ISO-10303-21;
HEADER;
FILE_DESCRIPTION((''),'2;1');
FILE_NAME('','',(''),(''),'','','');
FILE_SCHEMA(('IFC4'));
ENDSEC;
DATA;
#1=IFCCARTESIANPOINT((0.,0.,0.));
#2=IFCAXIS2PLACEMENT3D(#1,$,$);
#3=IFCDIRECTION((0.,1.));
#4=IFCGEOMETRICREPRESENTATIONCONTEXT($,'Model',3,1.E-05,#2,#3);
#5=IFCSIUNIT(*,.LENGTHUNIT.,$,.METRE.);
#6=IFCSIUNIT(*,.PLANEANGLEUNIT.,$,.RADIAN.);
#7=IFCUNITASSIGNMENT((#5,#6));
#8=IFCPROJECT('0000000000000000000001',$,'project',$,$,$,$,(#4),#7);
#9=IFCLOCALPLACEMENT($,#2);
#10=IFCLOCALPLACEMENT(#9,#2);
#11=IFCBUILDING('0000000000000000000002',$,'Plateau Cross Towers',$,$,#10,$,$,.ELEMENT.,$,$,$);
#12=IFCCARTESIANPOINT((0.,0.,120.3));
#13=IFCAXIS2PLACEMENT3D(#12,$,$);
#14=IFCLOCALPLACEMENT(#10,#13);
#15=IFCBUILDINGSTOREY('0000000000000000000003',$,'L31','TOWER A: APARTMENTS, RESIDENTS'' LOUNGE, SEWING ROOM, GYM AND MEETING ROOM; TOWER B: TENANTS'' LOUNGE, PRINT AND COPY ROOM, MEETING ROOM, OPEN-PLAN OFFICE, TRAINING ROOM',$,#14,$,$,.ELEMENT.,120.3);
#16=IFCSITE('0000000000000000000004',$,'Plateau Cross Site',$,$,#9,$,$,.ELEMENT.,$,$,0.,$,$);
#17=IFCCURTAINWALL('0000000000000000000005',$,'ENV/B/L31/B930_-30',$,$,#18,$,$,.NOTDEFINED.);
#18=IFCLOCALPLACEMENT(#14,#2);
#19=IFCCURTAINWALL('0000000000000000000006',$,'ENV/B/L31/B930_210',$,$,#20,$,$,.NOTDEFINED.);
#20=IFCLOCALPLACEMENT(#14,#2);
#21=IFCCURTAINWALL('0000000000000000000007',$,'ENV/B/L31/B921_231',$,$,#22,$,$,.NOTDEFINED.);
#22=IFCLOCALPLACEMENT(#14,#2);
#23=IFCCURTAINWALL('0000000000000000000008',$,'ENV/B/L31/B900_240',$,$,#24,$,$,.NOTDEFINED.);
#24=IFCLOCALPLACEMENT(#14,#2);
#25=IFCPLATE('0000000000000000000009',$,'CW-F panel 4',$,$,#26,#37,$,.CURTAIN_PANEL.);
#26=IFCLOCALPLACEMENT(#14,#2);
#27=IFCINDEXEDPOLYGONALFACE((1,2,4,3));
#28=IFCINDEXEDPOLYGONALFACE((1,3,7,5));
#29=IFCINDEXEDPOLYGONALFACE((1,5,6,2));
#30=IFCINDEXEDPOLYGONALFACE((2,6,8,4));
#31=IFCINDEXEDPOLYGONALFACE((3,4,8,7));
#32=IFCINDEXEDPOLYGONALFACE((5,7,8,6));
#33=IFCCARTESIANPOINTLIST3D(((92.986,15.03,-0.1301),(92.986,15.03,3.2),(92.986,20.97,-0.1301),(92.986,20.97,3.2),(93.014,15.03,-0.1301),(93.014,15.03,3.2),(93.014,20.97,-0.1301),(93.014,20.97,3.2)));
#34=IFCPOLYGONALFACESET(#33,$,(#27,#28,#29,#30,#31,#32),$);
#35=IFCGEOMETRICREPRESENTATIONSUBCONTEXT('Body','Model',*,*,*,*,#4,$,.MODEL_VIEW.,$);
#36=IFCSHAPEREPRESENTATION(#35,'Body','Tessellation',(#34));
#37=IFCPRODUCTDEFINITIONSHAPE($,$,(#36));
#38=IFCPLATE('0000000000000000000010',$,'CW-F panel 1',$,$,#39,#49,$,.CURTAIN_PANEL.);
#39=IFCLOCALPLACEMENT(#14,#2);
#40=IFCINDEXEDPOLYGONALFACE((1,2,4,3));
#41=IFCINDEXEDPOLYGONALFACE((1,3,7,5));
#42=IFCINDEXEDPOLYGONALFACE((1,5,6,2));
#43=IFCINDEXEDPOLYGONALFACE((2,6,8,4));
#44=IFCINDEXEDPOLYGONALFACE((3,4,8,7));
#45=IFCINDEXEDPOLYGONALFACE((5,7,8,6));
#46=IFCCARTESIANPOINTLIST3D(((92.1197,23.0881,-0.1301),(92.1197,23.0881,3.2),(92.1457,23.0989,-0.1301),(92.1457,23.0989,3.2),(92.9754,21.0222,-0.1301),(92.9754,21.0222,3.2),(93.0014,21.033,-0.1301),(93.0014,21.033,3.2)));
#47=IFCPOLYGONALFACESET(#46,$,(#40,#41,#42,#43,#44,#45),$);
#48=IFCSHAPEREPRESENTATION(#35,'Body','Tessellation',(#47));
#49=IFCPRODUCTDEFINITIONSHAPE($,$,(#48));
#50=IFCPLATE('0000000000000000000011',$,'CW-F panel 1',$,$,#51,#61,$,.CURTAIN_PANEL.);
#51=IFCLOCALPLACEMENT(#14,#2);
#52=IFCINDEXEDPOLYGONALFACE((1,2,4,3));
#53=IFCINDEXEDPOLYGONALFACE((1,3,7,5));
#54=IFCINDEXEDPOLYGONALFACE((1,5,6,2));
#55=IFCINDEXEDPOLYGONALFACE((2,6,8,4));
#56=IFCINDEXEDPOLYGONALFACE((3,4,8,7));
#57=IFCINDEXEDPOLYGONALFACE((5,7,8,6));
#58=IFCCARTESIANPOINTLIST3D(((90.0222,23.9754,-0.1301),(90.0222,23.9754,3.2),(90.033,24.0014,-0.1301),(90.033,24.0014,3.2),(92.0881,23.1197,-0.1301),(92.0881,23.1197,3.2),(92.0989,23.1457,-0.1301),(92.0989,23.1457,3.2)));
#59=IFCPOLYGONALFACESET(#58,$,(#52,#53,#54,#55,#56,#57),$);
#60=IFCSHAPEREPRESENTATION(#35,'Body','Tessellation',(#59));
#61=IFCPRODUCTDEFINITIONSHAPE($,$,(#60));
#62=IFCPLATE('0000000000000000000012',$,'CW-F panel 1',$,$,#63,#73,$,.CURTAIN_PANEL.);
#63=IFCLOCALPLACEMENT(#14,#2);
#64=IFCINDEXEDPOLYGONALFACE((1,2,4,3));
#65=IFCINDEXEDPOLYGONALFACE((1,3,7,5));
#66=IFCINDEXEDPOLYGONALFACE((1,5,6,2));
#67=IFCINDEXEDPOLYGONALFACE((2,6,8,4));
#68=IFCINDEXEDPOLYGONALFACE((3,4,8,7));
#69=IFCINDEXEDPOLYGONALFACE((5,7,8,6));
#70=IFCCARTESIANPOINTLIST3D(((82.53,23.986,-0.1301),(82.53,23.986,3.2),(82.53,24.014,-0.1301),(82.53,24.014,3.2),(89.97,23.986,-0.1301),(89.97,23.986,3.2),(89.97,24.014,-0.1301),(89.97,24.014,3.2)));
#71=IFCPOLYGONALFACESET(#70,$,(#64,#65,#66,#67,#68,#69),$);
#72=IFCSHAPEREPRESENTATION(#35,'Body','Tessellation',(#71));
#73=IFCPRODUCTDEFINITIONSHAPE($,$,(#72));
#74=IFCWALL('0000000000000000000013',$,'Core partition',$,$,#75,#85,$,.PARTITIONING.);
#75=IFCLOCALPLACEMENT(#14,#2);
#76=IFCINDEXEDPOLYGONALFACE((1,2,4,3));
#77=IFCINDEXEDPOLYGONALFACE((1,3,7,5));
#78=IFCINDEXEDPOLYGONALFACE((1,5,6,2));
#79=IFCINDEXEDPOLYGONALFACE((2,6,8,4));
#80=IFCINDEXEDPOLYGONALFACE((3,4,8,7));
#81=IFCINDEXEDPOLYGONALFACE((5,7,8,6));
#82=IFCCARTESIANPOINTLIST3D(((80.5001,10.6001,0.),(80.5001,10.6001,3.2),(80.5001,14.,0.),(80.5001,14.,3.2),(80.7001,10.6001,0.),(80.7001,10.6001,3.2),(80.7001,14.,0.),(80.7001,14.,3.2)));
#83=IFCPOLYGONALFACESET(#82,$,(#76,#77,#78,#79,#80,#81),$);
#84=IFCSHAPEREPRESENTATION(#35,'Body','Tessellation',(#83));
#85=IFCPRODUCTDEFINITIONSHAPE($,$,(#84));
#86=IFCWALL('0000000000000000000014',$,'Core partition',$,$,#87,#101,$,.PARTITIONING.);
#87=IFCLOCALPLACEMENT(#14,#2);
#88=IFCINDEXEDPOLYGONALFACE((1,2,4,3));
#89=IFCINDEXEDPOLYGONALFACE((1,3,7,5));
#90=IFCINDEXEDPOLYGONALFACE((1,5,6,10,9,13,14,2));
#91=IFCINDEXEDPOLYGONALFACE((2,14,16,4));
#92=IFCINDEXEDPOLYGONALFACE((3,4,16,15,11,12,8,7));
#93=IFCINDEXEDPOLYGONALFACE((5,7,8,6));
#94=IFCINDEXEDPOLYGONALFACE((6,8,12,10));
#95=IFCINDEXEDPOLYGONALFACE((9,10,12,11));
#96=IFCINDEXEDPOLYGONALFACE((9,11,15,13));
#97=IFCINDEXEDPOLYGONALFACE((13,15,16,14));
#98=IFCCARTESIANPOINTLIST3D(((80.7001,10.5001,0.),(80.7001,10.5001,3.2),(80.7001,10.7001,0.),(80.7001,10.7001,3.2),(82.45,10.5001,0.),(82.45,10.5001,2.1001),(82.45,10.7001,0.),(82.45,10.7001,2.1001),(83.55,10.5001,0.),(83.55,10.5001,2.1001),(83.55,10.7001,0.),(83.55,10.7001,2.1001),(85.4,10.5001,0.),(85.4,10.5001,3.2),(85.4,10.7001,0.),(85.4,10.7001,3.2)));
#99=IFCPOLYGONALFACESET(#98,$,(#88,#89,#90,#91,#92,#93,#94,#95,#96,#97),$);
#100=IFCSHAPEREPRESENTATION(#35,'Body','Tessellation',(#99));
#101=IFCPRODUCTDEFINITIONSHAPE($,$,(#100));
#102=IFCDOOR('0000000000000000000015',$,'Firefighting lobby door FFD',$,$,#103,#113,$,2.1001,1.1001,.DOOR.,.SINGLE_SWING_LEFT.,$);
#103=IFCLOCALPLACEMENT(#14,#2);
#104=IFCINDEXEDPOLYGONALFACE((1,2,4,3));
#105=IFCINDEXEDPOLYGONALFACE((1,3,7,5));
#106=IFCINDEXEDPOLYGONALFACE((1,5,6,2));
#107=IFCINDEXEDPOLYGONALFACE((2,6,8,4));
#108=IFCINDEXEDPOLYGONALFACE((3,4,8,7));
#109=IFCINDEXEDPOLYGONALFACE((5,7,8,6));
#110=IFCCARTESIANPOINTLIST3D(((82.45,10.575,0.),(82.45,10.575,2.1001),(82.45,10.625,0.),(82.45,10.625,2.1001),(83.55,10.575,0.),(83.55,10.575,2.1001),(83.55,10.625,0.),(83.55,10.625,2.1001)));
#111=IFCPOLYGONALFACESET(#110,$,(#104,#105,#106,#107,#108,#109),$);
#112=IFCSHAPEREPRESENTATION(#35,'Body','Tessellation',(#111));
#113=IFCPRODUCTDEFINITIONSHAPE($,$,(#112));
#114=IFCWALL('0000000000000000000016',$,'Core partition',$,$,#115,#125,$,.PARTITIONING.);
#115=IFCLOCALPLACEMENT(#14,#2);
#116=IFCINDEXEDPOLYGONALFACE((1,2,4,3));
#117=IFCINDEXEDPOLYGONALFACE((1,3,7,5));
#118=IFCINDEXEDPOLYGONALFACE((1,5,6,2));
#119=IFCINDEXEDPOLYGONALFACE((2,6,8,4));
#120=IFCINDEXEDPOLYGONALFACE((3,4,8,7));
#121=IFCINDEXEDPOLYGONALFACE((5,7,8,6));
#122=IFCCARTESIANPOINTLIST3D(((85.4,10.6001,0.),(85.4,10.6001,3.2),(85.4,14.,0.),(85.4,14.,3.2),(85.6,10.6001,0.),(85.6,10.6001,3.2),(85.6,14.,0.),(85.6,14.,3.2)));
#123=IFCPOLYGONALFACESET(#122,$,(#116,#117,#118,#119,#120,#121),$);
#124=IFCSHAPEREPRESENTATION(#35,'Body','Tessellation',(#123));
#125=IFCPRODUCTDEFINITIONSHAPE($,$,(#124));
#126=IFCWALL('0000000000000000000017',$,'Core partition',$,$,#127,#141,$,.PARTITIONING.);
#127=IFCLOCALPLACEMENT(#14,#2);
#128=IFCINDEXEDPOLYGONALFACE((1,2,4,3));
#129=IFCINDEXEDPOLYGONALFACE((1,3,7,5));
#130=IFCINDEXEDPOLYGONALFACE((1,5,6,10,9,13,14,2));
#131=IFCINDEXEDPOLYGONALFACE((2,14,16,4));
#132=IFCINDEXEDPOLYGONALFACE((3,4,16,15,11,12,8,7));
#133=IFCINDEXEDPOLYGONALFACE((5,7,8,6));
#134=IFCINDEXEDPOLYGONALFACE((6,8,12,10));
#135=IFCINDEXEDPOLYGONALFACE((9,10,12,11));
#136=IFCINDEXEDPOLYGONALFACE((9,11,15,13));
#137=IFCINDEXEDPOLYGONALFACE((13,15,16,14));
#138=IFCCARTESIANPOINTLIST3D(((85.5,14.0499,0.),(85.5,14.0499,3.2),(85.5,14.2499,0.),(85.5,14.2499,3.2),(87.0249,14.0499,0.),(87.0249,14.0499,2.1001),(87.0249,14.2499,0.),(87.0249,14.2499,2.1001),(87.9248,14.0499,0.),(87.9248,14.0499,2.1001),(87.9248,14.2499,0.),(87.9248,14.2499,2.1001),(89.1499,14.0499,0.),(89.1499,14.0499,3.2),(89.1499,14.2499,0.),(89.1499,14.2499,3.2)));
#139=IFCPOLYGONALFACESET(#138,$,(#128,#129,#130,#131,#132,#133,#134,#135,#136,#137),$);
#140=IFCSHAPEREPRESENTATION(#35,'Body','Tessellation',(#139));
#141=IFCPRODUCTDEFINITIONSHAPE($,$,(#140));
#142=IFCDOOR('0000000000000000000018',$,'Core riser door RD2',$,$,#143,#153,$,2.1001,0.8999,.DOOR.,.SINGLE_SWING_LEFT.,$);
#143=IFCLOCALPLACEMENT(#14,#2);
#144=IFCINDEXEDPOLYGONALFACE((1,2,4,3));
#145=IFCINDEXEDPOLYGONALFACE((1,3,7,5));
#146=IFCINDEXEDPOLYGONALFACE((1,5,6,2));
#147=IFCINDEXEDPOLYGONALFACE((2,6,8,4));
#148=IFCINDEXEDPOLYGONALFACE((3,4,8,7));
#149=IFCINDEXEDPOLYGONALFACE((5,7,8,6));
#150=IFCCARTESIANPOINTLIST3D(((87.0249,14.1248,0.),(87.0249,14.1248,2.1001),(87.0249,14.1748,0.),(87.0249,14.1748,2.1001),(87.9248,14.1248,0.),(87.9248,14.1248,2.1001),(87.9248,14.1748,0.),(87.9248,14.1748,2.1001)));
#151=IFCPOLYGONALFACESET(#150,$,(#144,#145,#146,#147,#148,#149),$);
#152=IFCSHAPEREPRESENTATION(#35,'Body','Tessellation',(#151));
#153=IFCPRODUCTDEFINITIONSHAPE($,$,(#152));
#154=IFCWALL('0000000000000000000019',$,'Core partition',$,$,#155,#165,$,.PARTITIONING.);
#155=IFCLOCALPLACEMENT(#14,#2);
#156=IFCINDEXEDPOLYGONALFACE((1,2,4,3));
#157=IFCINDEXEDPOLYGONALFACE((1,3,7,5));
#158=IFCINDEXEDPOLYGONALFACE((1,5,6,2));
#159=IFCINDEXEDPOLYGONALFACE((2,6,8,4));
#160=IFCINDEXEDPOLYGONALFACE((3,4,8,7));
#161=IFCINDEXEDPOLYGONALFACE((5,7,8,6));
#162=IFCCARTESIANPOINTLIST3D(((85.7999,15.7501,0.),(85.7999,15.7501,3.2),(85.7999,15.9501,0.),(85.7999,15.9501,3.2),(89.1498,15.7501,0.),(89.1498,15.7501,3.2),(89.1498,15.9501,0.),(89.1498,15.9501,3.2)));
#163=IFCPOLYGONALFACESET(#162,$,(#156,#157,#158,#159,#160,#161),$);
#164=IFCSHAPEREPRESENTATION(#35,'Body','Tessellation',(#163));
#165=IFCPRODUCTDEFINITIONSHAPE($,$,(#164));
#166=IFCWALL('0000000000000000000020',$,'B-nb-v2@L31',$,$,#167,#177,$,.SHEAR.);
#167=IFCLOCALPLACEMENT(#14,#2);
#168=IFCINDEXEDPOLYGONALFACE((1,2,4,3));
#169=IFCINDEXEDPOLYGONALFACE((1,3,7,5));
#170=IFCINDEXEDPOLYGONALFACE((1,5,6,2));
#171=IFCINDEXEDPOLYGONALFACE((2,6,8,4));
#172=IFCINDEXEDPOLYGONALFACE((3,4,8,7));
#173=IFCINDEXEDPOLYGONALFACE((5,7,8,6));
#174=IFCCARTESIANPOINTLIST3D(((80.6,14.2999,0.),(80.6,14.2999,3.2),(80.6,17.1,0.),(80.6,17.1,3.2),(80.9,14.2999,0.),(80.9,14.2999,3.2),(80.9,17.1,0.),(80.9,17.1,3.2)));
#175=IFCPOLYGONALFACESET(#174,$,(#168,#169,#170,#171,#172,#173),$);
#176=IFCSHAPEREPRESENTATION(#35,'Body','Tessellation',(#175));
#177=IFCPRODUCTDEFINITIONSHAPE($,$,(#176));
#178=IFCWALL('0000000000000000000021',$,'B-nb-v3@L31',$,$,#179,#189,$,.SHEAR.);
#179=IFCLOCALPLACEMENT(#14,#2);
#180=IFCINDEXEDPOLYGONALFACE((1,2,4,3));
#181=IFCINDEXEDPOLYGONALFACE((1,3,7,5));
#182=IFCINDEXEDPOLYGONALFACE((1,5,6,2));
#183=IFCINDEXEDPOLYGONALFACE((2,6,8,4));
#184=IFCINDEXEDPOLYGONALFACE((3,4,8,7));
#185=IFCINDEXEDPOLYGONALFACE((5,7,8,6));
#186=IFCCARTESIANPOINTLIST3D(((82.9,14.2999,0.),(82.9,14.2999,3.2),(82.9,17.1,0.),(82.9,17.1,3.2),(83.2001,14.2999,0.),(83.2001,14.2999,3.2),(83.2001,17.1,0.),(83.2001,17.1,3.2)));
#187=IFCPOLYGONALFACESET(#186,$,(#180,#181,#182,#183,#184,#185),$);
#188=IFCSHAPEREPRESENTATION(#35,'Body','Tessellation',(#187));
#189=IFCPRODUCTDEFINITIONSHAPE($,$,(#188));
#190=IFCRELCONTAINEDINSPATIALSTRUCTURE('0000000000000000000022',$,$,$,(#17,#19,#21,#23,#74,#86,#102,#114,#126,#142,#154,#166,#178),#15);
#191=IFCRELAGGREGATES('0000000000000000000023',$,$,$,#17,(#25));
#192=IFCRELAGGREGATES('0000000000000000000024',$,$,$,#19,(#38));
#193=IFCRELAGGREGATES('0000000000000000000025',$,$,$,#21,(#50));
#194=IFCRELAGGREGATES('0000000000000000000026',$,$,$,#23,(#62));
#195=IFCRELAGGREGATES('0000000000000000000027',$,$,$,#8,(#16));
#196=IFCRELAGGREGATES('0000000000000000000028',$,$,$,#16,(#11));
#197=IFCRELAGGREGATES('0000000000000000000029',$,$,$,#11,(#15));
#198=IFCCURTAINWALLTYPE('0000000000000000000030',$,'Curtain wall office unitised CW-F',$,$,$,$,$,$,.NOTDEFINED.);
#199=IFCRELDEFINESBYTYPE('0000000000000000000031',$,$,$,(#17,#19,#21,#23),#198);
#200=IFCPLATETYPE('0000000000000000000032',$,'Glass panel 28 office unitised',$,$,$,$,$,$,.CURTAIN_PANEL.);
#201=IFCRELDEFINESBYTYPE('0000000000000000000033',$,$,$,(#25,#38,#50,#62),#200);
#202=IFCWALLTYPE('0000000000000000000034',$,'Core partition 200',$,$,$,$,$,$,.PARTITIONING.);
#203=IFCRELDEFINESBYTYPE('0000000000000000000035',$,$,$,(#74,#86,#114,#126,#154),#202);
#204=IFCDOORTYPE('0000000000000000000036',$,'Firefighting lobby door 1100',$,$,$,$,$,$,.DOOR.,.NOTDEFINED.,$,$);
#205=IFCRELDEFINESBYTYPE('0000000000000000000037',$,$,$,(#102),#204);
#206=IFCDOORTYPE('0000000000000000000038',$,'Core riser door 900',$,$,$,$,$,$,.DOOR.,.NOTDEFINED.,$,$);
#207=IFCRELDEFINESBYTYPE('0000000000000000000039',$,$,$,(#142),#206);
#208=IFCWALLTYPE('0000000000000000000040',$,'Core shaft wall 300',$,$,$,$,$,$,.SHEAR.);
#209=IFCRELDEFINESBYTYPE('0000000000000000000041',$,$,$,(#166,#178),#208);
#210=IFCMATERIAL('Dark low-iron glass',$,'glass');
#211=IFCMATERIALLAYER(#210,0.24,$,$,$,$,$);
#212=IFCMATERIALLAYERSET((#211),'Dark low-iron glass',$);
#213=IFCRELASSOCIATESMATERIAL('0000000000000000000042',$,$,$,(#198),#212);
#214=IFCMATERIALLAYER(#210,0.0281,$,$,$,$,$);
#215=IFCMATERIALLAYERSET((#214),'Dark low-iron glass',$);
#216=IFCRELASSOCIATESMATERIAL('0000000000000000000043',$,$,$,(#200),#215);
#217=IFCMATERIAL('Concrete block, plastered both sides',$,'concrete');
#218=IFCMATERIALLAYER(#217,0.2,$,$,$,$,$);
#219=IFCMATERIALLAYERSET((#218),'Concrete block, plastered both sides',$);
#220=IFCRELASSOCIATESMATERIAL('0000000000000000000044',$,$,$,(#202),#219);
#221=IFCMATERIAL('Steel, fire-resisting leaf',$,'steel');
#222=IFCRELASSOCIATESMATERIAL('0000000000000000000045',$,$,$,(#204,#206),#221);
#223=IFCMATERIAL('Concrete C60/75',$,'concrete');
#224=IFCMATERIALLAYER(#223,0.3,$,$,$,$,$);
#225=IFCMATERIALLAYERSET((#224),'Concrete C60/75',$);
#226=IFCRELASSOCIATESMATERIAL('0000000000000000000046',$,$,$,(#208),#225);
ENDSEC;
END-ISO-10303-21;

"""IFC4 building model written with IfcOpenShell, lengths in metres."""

from ifc_helpers import new_model, si_unit, direction, frame, frame_2d, origin, origin_2d, place, context, subcontext, project, spatial, rectangle, extrude, material, layer, layer_set, type_object, element, fill, aggregate, save


model = new_model("IFC4")

# Units and contexts
model_context = context("Model", 3, precision=1e-05, world=origin(), true_north=direction((0.0, 1.0)))
body_context = subcontext(model_context, "Body", "Model", "MODEL_VIEW")
ifc_project = project(units=[si_unit("LENGTHUNIT", "METRE"), si_unit("PLANEANGLEUNIT", "RADIAN")], contexts=[model_context])

# Site, building, storey
site_placement = place(None, origin())
site = spatial("IfcSite", under=ifc_project, at=site_placement, Name="Plateau Cross Site", CompositionType="ELEMENT", RefElevation=0.0)
building_placement = place(site_placement, origin())
building = spatial("IfcBuilding", under=site, at=building_placement, Name="Plateau Cross Towers", CompositionType="ELEMENT")
storey_placement = place(building_placement, frame((0.0, 0.0, 120.3)))
storey = spatial("IfcBuildingStorey", under=building, at=storey_placement, Name="L31", Description="TOWER A: APARTMENTS, RESIDENTS' LOUNGE, SEWING ROOM, GYM AND MEETING ROOM; TOWER B: TENANTS' LOUNGE, PRINT AND COPY ROOM, MEETING ROOM, OPEN-PLAN OFFICE, TRAINING ROOM", CompositionType="ELEMENT", Elevation=120.3)

# Shared definitions
ifc_material_1 = material(Name="Concrete C60/75", Category="concrete")

# Curtain wall
ifc_material_2 = material(Name="Dark low-iron glass", Category="glass")
ifc_layer_1 = layer(ifc_material_2, 0.24)
ifc_layer_set_1 = layer_set([ifc_layer_1], Name="Dark low-iron glass")
curtain_wall_type = type_object("IfcCurtainWallType", Name="Curtain wall office unitised CW-F", PredefinedType="NOTDEFINED", material=ifc_layer_set_1)
curtain_wall_1_placement = place(storey_placement, origin())
curtain_wall_1 = element("IfcCurtainWall", 1, at=curtain_wall_1_placement, inside=storey, type_object=curtain_wall_type, Name="ENV/B/L31/B930_-30", PredefinedType="NOTDEFINED")

# Curtain walls
curtain_wall_2_placement = place(storey_placement, origin())
curtain_wall_2 = element("IfcCurtainWall", 2, at=curtain_wall_2_placement, inside=storey, type_object=curtain_wall_type, Name="ENV/B/L31/B930_210", PredefinedType="NOTDEFINED")
curtain_wall_3_placement = place(storey_placement, origin())
curtain_wall_3 = element("IfcCurtainWall", 3, at=curtain_wall_3_placement, inside=storey, type_object=curtain_wall_type, Name="ENV/B/L31/B921_231", PredefinedType="NOTDEFINED")

# Curtain wall
curtain_wall_4_placement = place(storey_placement, origin())
curtain_wall_4 = element("IfcCurtainWall", 4, at=curtain_wall_4_placement, inside=storey, type_object=curtain_wall_type, Name="ENV/B/L31/B900_240", PredefinedType="NOTDEFINED")

# Plates
ifc_layer_2 = layer(ifc_material_2, 0.0281)
ifc_layer_set_2 = layer_set([ifc_layer_2], Name="Dark low-iron glass")
plate_type = type_object("IfcPlateType", Name="Glass panel 28 office unitised", PredefinedType="CURTAIN_PANEL", material=ifc_layer_set_2)
plate_1_placement = place(storey_placement, frame((93.0, 18.0, -0.1301), z_axis=(0.0, 0.0, 1.0), x_axis=(0.0, 1.0, 0.0)))
plate_1 = element("IfcPlate", 5, at=plate_1_placement, type_object=plate_type, Name="CW-F panel 4", PredefinedType="CURTAIN_PANEL", context=body_context, shape_type="SweptSolid", body=[
    extrude(rectangle(XDim=5.9399, YDim=0.0281, at=origin_2d()), origin(), (0.0, 0.0, 1.0), 3.3301),
])
aggregate(curtain_wall_1, [plate_1])
plate_2_placement = place(storey_placement, frame((92.5605, 22.0605, -0.1301), z_axis=(0.0, 0.0, 1.0), x_axis=(-0.382684, 0.923879, 0.0)))
plate_2 = element("IfcPlate", 6, at=plate_2_placement, type_object=plate_type, Name="CW-F panel 1", PredefinedType="CURTAIN_PANEL", context=body_context, shape_type="SweptSolid", body=[
    extrude(rectangle(XDim=2.2361, YDim=0.0281, at=origin_2d()), origin(), (0.0, 0.0, 1.0), 3.3301),
])
aggregate(curtain_wall_2, [plate_2])
plate_3_placement = place(storey_placement, frame((91.0605, 23.5605, -0.1301), z_axis=(0.0, 0.0, 1.0), x_axis=(-0.923879, 0.382684, 0.0)))
plate_3 = element("IfcPlate", 7, at=plate_3_placement, type_object=plate_type, Name="CW-F panel 1", PredefinedType="CURTAIN_PANEL", context=body_context, shape_type="SweptSolid", body=[
    extrude(rectangle(XDim=2.2361, YDim=0.0281, at=origin_2d()), origin(), (0.0, 0.0, 1.0), 3.3301),
])
aggregate(curtain_wall_3, [plate_3])
plate_4_placement = place(storey_placement, frame((86.25, 24.0, -0.1301), z_axis=(0.0, 0.0, 1.0), x_axis=(-1.0, 0.0, 0.0)))
plate_4 = element("IfcPlate", 8, at=plate_4_placement, type_object=plate_type, Name="CW-F panel 1", PredefinedType="CURTAIN_PANEL", context=body_context, shape_type="SweptSolid", body=[
    extrude(rectangle(XDim=7.4399, YDim=0.0281, at=origin_2d()), origin(), (0.0, 0.0, 1.0), 3.3301),
])
aggregate(curtain_wall_4, [plate_4])

# Wall
ifc_material_3 = material(Name="Concrete block, plastered both sides", Category="concrete")
ifc_layer_3 = layer(ifc_material_3, 0.2)
ifc_layer_set_3 = layer_set([ifc_layer_3], Name="Concrete block, plastered both sides")
wall_type_1 = type_object("IfcWallType", Name="Core partition 200", PredefinedType="PARTITIONING", material=ifc_layer_set_3)
wall_1_placement = place(storey_placement, frame((80.6001, 10.6001, 0.0), z_axis=(0.0, 0.0, 1.0), x_axis=(0.0, 1.0, 0.0)))
element("IfcWall", 9, at=wall_1_placement, inside=storey, type_object=wall_type_1, Name="Core partition", PredefinedType="PARTITIONING", context=body_context, shape_type="SweptSolid", body=[
    extrude(rectangle(XDim=3.3999, YDim=0.2, at=frame_2d((1.7, 0.0))), origin(), (0.0, 0.0, 1.0), 3.2),
])

# Wall, opening, door
wall_2_placement = place(storey_placement, frame((80.7, 10.6001, 0.0), z_axis=(0.0, 0.0, 1.0), x_axis=(1.0, 0.0, 0.0)))
wall_2 = element("IfcWall", 10, at=wall_2_placement, inside=storey, type_object=wall_type_1, Name="Core partition", PredefinedType="PARTITIONING", context=body_context, shape_type="SweptSolid", body=[
    extrude(rectangle(XDim=4.7, YDim=0.2, at=frame_2d((2.3501, 0.0))), origin(), (0.0, 0.0, 1.0), 3.2),
])
opening_1_placement = place(wall_2_placement, frame((1.75, 0.0, 0.0)))
opening_1 = element("IfcOpeningElement", 11, at=opening_1_placement, cuts=wall_2, PredefinedType="OPENING", context=body_context, shape_type="SweptSolid", body=[
    extrude(rectangle(XDim=1.1001, YDim=2.1001, at=frame_2d((0.55, 1.05))), frame((0.0, 0.1099, 0.0), z_axis=(0.0, -1.0, 0.0), x_axis=(1.0, 0.0, 0.0)), (0.0, 0.0, 1.0), 0.22),
])
ifc_material_4 = material(Name="Steel, fire-resisting leaf", Category="steel")
door_type_1 = type_object("IfcDoorType", Name="Firefighting lobby door 1100", OperationType="NOTDEFINED", PredefinedType="DOOR", material=ifc_material_4)
door_1_placement = place(opening_1_placement, origin())
door_1 = element("IfcDoor", 12, at=door_1_placement, inside=storey, type_object=door_type_1, Name="Firefighting lobby door FFD", OperationType="SINGLE_SWING_LEFT", OverallHeight=2.1001, OverallWidth=1.1001, PredefinedType="DOOR", context=body_context, shape_type="SweptSolid", body=[
    extrude(rectangle(XDim=1.1001, YDim=2.1001, at=frame_2d((0.55, 1.05))), frame((0.0, 0.0249, 0.0), z_axis=(0.0, -1.0, 0.0), x_axis=(1.0, 0.0, 0.0)), (0.0, 0.0, 1.0), 0.05),
])
fill(opening_1, door_1)

# Wall
wall_3_placement = place(storey_placement, frame((85.5, 10.6001, 0.0), z_axis=(0.0, 0.0, 1.0), x_axis=(0.0, 1.0, 0.0)))
element("IfcWall", 13, at=wall_3_placement, inside=storey, type_object=wall_type_1, Name="Core partition", PredefinedType="PARTITIONING", context=body_context, shape_type="SweptSolid", body=[
    extrude(rectangle(XDim=3.3999, YDim=0.2, at=frame_2d((1.7, 0.0))), origin(), (0.0, 0.0, 1.0), 3.2),
])

# Wall, opening, door
wall_4_placement = place(storey_placement, frame((85.5, 14.1499, 0.0), z_axis=(0.0, 0.0, 1.0), x_axis=(1.0, 0.0, 0.0)))
wall_4 = element("IfcWall", 14, at=wall_4_placement, inside=storey, type_object=wall_type_1, Name="Core partition", PredefinedType="PARTITIONING", context=body_context, shape_type="SweptSolid", body=[
    extrude(rectangle(XDim=3.6499, YDim=0.2, at=frame_2d((1.825, 0.0))), origin(), (0.0, 0.0, 1.0), 3.2),
])
opening_2_placement = place(wall_4_placement, frame((1.5249, 0.0, 0.0)))
opening_2 = element("IfcOpeningElement", 15, at=opening_2_placement, cuts=wall_4, PredefinedType="OPENING", context=body_context, shape_type="SweptSolid", body=[
    extrude(rectangle(XDim=0.8999, YDim=2.1001, at=frame_2d((0.45, 1.05))), frame((0.0, 0.1099, 0.0), z_axis=(0.0, -1.0, 0.0), x_axis=(1.0, 0.0, 0.0)), (0.0, 0.0, 1.0), 0.22),
])
door_type_2 = type_object("IfcDoorType", Name="Core riser door 900", OperationType="NOTDEFINED", PredefinedType="DOOR", material=ifc_material_4)
door_2_placement = place(opening_2_placement, origin())
door_2 = element("IfcDoor", 16, at=door_2_placement, inside=storey, type_object=door_type_2, Name="Core riser door RD2", OperationType="SINGLE_SWING_LEFT", OverallHeight=2.1001, OverallWidth=0.8999, PredefinedType="DOOR", context=body_context, shape_type="SweptSolid", body=[
    extrude(rectangle(XDim=0.8999, YDim=2.1001, at=frame_2d((0.45, 1.05))), frame((0.0, 0.0249, 0.0), z_axis=(0.0, -1.0, 0.0), x_axis=(1.0, 0.0, 0.0)), (0.0, 0.0, 1.0), 0.05),
])
fill(opening_2, door_2)

# Walls
wall_5_placement = place(storey_placement, frame((85.8, 15.8501, 0.0), z_axis=(0.0, 0.0, 1.0), x_axis=(1.0, 0.0, 0.0)))
element("IfcWall", 17, at=wall_5_placement, inside=storey, type_object=wall_type_1, Name="Core partition", PredefinedType="PARTITIONING", context=body_context, shape_type="SweptSolid", body=[
    extrude(rectangle(XDim=3.3499, YDim=0.2, at=frame_2d((1.6748, 0.0))), origin(), (0.0, 0.0, 1.0), 3.2),
])
ifc_layer_4 = layer(ifc_material_1, 0.3)
ifc_layer_set_4 = layer_set([ifc_layer_4], Name="Concrete C60/75")
wall_type_2 = type_object("IfcWallType", Name="Core shaft wall 300", PredefinedType="SHEAR", material=ifc_layer_set_4)
for number, where, z_axis, x_axis, name in (
    (18, (80.75, 14.3, 0.0), (0.0, 0.0, 1.0), (0.0, 1.0, 0.0), "B-nb-v2@L31"),
    (19, (83.05, 14.3, 0.0), (0.0, 0.0, 1.0), (0.0, 1.0, 0.0), "B-nb-v3@L31"),
):
    element("IfcWall", number, at=place(storey_placement, frame(where, z_axis=z_axis, x_axis=x_axis)), inside=storey, type_object=wall_type_2, Name=name, PredefinedType="SHEAR", context=body_context, shape_type="SweptSolid", body=[
        extrude(rectangle(XDim=2.8, YDim=0.3, at=frame_2d((1.3999, 0.0))), origin(), (0.0, 0.0, 1.0), 3.2),
    ])

save(model, "model.ifc")
